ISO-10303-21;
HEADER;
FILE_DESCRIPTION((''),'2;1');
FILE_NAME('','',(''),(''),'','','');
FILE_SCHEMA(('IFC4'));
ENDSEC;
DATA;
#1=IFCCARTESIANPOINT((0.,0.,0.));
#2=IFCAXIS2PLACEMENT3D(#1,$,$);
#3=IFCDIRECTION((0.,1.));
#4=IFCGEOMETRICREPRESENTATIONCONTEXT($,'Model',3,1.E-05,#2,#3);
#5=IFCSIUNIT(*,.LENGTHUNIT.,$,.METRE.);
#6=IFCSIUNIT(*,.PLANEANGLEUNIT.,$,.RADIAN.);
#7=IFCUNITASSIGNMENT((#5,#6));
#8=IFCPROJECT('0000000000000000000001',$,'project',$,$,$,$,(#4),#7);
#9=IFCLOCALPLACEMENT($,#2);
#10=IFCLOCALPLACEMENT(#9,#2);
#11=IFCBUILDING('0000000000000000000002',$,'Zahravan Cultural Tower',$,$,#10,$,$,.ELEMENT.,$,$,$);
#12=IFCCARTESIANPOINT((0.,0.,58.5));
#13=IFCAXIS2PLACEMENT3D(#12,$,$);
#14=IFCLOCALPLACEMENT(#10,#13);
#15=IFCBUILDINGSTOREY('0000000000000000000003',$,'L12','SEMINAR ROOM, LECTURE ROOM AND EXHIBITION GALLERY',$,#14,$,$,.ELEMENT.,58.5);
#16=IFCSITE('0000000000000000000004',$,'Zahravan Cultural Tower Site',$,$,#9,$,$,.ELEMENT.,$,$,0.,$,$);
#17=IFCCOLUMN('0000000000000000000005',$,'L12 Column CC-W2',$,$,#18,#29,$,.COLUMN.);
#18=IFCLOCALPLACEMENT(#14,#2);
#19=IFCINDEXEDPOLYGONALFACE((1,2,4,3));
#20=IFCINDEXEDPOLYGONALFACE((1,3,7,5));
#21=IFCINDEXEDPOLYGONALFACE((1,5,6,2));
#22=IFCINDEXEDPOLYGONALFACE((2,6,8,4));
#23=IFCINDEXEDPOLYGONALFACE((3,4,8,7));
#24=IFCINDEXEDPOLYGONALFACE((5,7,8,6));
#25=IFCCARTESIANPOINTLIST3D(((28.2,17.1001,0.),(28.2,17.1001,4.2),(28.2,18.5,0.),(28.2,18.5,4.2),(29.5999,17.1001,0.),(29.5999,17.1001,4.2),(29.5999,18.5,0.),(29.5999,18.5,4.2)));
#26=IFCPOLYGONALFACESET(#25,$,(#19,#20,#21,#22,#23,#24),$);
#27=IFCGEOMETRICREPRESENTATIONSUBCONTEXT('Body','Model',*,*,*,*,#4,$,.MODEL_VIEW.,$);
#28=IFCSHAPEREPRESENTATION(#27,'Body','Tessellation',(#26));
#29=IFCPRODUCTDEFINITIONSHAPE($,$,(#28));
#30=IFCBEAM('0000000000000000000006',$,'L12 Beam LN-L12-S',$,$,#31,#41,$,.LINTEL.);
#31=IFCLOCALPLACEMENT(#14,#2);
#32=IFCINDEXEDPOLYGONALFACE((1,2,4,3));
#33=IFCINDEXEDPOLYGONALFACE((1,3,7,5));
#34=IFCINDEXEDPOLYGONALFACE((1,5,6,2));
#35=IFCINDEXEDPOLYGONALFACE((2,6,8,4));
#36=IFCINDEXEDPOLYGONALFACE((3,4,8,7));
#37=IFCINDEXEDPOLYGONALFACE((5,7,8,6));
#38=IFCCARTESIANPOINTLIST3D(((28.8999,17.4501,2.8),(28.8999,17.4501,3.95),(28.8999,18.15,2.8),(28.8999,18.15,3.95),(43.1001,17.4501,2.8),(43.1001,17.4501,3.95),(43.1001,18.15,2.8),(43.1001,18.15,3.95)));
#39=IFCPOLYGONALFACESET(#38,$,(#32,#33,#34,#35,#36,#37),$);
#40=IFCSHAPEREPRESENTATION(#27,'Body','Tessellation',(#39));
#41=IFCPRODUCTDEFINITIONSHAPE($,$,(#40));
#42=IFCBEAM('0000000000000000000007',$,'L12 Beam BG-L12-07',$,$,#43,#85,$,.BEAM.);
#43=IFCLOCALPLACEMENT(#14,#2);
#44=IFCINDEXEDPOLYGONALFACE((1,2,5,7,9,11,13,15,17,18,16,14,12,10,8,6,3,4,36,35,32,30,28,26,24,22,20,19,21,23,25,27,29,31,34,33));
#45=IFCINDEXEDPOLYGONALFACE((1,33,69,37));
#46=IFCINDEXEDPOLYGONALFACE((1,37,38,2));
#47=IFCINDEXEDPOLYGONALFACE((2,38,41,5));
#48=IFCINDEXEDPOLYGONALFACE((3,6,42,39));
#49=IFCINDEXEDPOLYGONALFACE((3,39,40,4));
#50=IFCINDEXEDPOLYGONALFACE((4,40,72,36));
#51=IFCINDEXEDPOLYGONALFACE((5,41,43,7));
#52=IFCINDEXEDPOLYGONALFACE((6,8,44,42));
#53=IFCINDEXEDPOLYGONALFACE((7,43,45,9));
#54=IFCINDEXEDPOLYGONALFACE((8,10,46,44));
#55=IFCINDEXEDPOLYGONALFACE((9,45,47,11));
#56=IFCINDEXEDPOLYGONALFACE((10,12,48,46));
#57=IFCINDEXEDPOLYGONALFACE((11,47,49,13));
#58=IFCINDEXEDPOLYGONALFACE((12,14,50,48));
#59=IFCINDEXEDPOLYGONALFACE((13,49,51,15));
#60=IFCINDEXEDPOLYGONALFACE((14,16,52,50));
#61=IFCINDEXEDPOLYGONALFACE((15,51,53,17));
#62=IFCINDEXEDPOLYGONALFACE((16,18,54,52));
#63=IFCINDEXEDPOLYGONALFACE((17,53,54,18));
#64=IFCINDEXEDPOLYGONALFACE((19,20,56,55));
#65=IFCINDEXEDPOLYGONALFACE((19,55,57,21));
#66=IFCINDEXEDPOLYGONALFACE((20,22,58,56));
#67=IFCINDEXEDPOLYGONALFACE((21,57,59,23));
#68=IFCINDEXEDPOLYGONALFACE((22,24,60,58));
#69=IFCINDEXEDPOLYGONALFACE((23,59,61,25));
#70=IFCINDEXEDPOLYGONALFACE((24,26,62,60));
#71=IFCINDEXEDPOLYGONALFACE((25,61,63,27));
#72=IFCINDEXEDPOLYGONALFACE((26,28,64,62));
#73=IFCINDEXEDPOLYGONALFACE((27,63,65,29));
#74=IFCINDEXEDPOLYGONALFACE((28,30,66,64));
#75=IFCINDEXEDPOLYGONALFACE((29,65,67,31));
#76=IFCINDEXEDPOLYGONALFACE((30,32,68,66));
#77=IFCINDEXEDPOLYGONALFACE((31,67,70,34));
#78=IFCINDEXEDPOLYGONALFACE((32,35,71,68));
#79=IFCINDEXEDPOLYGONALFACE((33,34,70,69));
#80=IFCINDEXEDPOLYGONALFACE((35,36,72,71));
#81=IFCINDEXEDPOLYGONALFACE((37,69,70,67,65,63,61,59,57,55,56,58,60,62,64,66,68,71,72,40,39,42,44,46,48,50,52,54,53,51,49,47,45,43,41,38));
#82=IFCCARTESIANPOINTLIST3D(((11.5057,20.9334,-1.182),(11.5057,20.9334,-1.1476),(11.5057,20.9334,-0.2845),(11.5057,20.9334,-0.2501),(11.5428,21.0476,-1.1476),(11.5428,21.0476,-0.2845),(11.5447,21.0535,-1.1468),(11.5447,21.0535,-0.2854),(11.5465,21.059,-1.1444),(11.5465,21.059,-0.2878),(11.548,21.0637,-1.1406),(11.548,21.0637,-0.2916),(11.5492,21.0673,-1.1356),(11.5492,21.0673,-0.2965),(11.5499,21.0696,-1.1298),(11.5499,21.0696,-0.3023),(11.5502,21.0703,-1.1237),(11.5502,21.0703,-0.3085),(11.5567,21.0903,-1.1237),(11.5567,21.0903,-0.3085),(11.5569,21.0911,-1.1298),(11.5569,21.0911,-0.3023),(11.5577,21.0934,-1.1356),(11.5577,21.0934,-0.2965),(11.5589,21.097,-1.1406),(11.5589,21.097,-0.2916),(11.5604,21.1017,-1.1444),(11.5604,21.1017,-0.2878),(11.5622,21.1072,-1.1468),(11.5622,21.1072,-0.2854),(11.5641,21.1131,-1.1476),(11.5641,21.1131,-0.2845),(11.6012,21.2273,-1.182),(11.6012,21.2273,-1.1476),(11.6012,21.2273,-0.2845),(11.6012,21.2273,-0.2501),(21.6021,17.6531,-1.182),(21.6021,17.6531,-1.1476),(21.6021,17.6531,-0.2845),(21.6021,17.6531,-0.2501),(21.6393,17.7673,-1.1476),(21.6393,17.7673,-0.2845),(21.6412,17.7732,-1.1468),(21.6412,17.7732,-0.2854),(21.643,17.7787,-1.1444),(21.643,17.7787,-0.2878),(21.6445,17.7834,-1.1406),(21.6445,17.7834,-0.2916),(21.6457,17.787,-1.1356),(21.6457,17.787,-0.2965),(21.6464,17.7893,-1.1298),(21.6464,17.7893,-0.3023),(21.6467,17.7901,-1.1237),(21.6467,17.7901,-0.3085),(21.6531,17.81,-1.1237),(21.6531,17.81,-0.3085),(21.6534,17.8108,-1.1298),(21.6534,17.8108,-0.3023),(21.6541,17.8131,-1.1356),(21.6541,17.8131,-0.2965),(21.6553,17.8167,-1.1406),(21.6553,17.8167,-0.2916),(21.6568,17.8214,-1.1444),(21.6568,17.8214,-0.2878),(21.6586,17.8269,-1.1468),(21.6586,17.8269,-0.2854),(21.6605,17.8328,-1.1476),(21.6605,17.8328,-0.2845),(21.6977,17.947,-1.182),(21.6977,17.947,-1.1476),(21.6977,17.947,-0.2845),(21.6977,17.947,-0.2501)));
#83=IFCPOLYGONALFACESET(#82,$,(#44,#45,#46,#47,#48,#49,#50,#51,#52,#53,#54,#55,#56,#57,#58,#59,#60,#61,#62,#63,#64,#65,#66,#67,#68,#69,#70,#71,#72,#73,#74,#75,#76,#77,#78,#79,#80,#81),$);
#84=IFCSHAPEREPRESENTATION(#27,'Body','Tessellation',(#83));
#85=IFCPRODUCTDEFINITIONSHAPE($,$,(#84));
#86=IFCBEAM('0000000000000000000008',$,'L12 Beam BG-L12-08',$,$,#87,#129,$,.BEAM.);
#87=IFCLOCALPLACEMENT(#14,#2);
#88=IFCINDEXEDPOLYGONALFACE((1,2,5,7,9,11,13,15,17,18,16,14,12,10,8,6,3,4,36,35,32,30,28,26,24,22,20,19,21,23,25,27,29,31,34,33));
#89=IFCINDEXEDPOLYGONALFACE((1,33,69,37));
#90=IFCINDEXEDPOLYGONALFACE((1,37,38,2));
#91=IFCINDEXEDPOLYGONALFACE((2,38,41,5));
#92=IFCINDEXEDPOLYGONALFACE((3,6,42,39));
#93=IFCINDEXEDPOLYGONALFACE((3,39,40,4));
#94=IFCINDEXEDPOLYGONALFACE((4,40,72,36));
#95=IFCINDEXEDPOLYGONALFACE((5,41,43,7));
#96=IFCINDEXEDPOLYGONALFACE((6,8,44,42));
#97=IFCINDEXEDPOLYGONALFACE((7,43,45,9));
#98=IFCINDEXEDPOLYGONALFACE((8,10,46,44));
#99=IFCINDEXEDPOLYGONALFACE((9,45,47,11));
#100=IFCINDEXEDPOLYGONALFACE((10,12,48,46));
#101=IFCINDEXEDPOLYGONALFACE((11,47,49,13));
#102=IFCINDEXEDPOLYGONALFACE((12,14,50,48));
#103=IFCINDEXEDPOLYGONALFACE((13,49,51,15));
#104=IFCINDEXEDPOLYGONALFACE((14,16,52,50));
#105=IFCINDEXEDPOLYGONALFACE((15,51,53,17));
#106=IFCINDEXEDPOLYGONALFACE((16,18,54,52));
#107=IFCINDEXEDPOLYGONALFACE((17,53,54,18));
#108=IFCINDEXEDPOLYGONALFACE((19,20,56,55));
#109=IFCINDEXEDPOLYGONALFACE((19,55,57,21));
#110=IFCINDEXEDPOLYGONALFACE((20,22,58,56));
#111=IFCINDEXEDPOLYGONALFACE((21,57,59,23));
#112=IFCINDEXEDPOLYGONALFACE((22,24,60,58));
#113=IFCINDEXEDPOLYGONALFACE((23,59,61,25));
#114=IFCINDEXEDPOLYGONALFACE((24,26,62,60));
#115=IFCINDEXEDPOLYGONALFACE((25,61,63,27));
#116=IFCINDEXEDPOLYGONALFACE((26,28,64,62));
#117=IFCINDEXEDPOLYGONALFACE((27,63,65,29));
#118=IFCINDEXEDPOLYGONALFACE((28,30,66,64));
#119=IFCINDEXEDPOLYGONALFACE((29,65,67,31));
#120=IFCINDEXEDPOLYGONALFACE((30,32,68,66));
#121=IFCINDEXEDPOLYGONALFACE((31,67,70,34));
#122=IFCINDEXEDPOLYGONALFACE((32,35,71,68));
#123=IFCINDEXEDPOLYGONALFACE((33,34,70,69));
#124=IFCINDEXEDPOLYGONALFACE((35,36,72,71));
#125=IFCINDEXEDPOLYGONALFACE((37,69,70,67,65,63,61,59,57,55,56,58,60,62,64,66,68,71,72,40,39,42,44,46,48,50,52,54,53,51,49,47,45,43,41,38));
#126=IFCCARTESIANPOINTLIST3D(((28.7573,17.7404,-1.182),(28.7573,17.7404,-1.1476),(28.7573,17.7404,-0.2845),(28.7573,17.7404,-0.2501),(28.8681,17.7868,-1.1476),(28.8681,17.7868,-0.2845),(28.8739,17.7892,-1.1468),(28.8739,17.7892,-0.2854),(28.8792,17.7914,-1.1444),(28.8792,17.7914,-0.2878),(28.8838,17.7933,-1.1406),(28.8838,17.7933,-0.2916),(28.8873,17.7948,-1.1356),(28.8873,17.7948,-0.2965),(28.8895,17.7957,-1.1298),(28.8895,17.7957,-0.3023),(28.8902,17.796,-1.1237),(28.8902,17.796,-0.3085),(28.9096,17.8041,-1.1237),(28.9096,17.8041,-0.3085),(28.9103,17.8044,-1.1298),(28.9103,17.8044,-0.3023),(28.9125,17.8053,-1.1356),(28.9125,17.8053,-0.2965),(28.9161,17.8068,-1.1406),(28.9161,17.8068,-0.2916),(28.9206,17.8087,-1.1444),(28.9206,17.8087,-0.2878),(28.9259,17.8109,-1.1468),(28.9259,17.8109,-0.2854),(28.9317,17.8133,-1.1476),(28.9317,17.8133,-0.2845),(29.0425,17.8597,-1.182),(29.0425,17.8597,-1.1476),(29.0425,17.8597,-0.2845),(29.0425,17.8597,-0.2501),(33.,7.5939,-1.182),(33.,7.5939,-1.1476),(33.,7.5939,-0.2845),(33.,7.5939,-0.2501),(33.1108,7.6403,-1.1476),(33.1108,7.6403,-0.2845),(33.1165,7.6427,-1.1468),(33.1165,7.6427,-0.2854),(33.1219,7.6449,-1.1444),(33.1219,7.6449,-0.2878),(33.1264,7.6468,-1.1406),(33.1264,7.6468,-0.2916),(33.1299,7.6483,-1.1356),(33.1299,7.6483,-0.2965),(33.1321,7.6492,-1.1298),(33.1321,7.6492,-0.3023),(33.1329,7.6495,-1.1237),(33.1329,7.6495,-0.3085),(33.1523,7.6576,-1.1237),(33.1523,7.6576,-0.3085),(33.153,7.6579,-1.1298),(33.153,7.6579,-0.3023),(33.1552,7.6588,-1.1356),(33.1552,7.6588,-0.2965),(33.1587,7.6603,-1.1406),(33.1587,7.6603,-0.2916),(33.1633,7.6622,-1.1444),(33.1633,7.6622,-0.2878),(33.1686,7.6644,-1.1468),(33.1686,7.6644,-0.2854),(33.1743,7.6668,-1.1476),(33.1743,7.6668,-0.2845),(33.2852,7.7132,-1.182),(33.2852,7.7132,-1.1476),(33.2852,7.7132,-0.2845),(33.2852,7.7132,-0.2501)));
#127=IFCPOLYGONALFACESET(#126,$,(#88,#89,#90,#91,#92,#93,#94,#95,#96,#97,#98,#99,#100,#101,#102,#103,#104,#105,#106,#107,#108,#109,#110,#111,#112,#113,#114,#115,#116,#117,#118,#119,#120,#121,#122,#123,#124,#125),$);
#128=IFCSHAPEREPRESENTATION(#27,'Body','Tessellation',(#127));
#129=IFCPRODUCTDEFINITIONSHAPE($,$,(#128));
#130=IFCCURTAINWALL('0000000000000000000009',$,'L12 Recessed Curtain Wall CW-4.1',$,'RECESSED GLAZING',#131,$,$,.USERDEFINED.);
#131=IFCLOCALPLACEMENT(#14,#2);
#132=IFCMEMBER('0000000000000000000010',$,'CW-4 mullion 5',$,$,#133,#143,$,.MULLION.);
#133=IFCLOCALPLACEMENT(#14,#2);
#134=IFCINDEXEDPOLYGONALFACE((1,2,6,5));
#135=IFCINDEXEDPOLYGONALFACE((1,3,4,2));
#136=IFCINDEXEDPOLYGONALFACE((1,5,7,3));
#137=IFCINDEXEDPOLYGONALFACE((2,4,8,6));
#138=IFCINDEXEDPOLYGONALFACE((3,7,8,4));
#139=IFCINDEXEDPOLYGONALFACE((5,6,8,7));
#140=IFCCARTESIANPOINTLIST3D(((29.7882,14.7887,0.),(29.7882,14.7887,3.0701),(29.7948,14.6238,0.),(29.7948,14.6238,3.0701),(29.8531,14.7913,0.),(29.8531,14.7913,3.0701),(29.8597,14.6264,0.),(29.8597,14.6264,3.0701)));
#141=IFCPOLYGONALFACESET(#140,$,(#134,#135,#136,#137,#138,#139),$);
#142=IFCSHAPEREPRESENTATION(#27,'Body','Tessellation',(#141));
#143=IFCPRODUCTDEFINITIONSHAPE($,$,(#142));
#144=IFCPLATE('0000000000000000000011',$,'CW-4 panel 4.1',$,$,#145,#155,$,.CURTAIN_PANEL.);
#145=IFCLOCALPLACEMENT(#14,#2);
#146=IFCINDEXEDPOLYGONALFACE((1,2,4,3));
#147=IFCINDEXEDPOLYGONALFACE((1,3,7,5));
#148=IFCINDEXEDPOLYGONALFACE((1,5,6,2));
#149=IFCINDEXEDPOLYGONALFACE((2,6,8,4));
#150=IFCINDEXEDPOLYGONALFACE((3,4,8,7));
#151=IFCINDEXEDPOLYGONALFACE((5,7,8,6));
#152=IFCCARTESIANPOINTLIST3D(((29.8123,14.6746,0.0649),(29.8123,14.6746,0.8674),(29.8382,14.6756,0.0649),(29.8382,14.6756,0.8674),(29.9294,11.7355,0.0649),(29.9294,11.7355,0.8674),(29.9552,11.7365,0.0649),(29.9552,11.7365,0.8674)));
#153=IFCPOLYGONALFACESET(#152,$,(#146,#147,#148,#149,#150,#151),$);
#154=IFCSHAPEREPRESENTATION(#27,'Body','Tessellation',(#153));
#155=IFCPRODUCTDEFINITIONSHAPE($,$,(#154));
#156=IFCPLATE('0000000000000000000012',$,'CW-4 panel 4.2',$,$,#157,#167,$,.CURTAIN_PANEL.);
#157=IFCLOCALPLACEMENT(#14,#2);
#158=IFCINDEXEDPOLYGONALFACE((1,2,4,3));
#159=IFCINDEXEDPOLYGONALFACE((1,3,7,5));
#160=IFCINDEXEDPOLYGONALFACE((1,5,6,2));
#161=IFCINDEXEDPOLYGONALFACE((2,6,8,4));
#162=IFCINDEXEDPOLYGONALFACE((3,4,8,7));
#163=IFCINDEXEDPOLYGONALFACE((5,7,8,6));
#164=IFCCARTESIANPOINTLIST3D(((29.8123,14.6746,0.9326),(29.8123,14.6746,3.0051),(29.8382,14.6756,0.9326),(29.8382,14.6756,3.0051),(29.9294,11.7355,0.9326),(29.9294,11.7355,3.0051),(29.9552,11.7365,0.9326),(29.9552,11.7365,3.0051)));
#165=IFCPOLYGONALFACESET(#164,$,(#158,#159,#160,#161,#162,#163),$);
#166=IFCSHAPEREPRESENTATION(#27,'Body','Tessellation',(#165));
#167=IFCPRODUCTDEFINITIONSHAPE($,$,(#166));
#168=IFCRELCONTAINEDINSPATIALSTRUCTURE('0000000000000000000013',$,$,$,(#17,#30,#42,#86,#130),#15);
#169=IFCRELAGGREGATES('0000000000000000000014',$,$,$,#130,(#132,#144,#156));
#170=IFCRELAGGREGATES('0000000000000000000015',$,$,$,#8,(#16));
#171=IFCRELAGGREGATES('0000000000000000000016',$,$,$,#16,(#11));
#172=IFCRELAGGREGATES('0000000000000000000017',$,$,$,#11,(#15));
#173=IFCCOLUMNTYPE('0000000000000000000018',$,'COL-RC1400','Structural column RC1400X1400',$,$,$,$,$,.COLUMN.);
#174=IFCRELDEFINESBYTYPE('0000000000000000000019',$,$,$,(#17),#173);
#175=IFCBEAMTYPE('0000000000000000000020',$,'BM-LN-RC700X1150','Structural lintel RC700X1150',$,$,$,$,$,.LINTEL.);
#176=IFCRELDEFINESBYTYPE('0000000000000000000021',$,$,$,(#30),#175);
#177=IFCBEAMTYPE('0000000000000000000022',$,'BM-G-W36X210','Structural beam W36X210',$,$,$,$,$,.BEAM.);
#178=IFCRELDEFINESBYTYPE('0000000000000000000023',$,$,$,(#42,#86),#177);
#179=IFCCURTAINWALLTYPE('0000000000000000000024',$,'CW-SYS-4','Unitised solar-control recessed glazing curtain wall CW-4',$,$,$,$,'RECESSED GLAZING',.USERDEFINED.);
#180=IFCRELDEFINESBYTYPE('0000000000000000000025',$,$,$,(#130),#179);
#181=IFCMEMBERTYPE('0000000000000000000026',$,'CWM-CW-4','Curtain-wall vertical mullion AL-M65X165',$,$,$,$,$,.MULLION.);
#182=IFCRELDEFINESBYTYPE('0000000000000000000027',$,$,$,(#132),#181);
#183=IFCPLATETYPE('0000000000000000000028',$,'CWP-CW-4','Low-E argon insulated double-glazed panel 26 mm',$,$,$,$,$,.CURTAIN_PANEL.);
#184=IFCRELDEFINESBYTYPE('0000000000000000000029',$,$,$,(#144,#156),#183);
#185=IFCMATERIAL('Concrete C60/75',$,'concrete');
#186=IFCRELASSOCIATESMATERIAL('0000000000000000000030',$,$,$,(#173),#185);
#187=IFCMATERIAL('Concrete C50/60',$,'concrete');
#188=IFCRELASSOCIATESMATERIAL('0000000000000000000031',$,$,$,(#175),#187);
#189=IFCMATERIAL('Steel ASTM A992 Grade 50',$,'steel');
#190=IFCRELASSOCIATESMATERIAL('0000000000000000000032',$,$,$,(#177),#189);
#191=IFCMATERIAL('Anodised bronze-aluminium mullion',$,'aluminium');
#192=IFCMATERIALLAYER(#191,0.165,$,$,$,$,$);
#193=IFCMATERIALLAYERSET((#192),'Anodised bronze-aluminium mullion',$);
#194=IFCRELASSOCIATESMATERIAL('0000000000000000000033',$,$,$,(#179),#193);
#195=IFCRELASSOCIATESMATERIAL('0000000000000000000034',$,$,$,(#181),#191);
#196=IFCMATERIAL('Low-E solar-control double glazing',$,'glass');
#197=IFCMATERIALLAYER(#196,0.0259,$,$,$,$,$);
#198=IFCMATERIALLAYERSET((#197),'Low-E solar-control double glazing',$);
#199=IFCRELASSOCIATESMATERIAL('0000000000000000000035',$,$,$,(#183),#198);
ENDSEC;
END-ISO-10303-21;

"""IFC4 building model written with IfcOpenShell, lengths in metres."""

from ifc_helpers import new_model, si_unit, direction, frame, origin, origin_2d, place, context, subcontext, project, spatial, rectangle, i_section, extrude, source, transform, mapped, material, layer, layer_set, material_profile, profile_set, type_object, element, aggregate, save


model = new_model("IFC4")

# Units and contexts
model_context = context("Model", 3, precision=1e-05, world=origin(), true_north=direction((0.0, 1.0)))
body_context = subcontext(model_context, "Body", "Model", "MODEL_VIEW")
ifc_project = project(units=[si_unit("LENGTHUNIT", "METRE"), si_unit("PLANEANGLEUNIT", "RADIAN")], contexts=[model_context])

# Site, building, storey
site_placement = place(None, origin())
site = spatial("IfcSite", under=ifc_project, at=site_placement, Name="Zahravan Cultural Tower Site", CompositionType="ELEMENT", RefElevation=0.0)
building_placement = place(site_placement, origin())
building = spatial("IfcBuilding", under=site, at=building_placement, Name="Zahravan Cultural Tower", CompositionType="ELEMENT")
storey_placement = place(building_placement, frame((0.0, 0.0, 58.5)))
storey = spatial("IfcBuildingStorey", under=building, at=storey_placement, Name="L12", Description="SEMINAR ROOM, LECTURE ROOM AND EXHIBITION GALLERY", CompositionType="ELEMENT", Elevation=58.5)

# Column
ifc_material_1 = material(Name="Concrete C60/75", Category="concrete")
ifc_material_profile_1 = material_profile(ifc_material_1, rectangle(XDim=1.3999, YDim=1.3999, at=origin_2d()), Name="RC1400X1400")
ifc_profile_set_1 = profile_set([ifc_material_profile_1], Name="Concrete C60/75")
column_type = type_object("IfcColumnType", Name="COL-RC1400", Description="Structural column RC1400X1400", PredefinedType="COLUMN", material=ifc_profile_set_1)
shared_shape_1 = source(origin(), body_context, "Body", "SweptSolid", [
    extrude(rectangle(XDim=1.3999, YDim=1.3999, at=origin_2d()), origin(), (0.0, 0.0, 1.0), 4.2),
])
column_placement = place(storey_placement, frame((28.8999, 17.8, 0.0), z_axis=(0.0, 0.0, 1.0), x_axis=(1.0, 0.0, 0.0)))
element("IfcColumn", 1, at=column_placement, inside=storey, type_object=column_type, Name="L12 Column CC-W2", PredefinedType="COLUMN", context=body_context, shape_type="MappedRepresentation", body=[
    mapped(shared_shape_1, transform((0.0, 0.0, 0.0), x_axis=(1.0, 0.0, 0.0), y_axis=(0.0, 1.0, 0.0), z_axis=(0.0, 0.0, 1.0), scale=1.0)),
])

# Beams
ifc_material_2 = material(Name="Concrete C50/60", Category="concrete")
ifc_material_profile_2 = material_profile(ifc_material_2, rectangle(XDim=0.7, YDim=1.1499, at=origin_2d()), Name="RC700X1150")
ifc_profile_set_2 = profile_set([ifc_material_profile_2], Name="Concrete C50/60")
beam_type_1 = type_object("IfcBeamType", Name="BM-LN-RC700X1150", Description="Structural lintel RC700X1150", PredefinedType="LINTEL", material=ifc_profile_set_2)
shared_shape_2 = source(origin(), body_context, "Body", "SweptSolid", [
    extrude(rectangle(XDim=0.7, YDim=1.1499, at=origin_2d()), origin(), (0.0, 0.0, 1.0), 14.2002),
])
beam_1_placement = place(storey_placement, frame((28.8999, 17.8, 3.375), z_axis=(1.0, 0.0, 0.0), x_axis=(0.0, 1.0, 0.0)))
element("IfcBeam", 2, at=beam_1_placement, inside=storey, type_object=beam_type_1, Name="L12 Beam LN-L12-S", PredefinedType="LINTEL", context=body_context, shape_type="MappedRepresentation", body=[
    mapped(shared_shape_2, transform((0.0, 0.0, 0.0), x_axis=(1.0, 0.0, 0.0), y_axis=(0.0, 1.0, 0.0), z_axis=(0.0, 0.0, 1.0), scale=1.0)),
])
ifc_material_3 = material(Name="Steel ASTM A992 Grade 50", Category="steel")
ifc_material_profile_3 = material_profile(ifc_material_3, i_section(OverallWidth=0.3091, OverallDepth=0.9319, WebThickness=0.021, FlangeThickness=0.0344, FilletRadius=0.0239, at=origin_2d()), Name="W36X210")
ifc_profile_set_3 = profile_set([ifc_material_profile_3], Name="Steel ASTM A992 Grade 50")
beam_type_2 = type_object("IfcBeamType", Name="BM-G-W36X210", Description="Structural beam W36X210", PredefinedType="BEAM", material=ifc_profile_set_3)
shared_shape_3 = source(origin(), body_context, "Body", "SweptSolid", [
    extrude(i_section(OverallWidth=0.3091, OverallDepth=0.9319, WebThickness=0.021, FlangeThickness=0.0344, FilletRadius=0.0239, at=origin_2d()), origin(), (0.0, 0.0, 1.0), 10.616),
])
beam_2_placement = place(storey_placement, frame((21.6499, 17.8, -0.7161), z_axis=(-0.951064, 0.308995, 0.0), x_axis=(-0.308995, -0.951064, 0.0)))
element("IfcBeam", 3, at=beam_2_placement, inside=storey, type_object=beam_type_2, Name="L12 Beam BG-L12-07", PredefinedType="BEAM", context=body_context, shape_type="MappedRepresentation", body=[
    mapped(shared_shape_3, transform((0.0, 0.0, 0.0), x_axis=(1.0, 0.0, 0.0), y_axis=(0.0, 1.0, 0.0), z_axis=(0.0, 0.0, 1.0), scale=1.0)),
])
shared_shape_4 = source(origin(), body_context, "Body", "SweptSolid", [
    extrude(i_section(OverallWidth=0.3091, OverallDepth=0.9319, WebThickness=0.021, FlangeThickness=0.0344, FilletRadius=0.0239, at=origin_2d()), origin(), (0.0, 0.0, 1.0), 10.9978),
])
beam_3_placement = place(storey_placement, frame((28.8999, 17.8, -0.7161), z_axis=(0.385775, -0.922593, 0.0), x_axis=(0.922593, 0.385775, 0.0)))
element("IfcBeam", 4, at=beam_3_placement, inside=storey, type_object=beam_type_2, Name="L12 Beam BG-L12-08", PredefinedType="BEAM", context=body_context, shape_type="MappedRepresentation", body=[
    mapped(shared_shape_4, transform((0.0, 0.0, 0.0), x_axis=(1.0, 0.0, 0.0), y_axis=(0.0, 1.0, 0.0), z_axis=(0.0, 0.0, 1.0), scale=1.0)),
])

# Curtain wall, member, plates
ifc_material_4 = material(Name="Anodised bronze-aluminium mullion", Category="aluminium")
ifc_layer_1 = layer(ifc_material_4, 0.165)
ifc_layer_set_1 = layer_set([ifc_layer_1], Name="Anodised bronze-aluminium mullion")
curtain_wall_type = type_object("IfcCurtainWallType", Name="CW-SYS-4", Description="Unitised solar-control recessed glazing curtain wall CW-4", ElementType="RECESSED GLAZING", PredefinedType="USERDEFINED", material=ifc_layer_set_1)
curtain_wall_placement = place(storey_placement, origin())
curtain_wall = element("IfcCurtainWall", 5, at=curtain_wall_placement, inside=storey, type_object=curtain_wall_type, Name="L12 Recessed Curtain Wall CW-4.1", ObjectType="RECESSED GLAZING", PredefinedType="USERDEFINED")
ifc_material_profile_4 = material_profile(ifc_material_4, rectangle(XDim=0.0649, YDim=0.165, at=origin_2d()), Name="AL-M65X165")
ifc_profile_set_4 = profile_set([ifc_material_profile_4], Name="Anodised bronze-aluminium mullion")
member_type = type_object("IfcMemberType", Name="CWM-CW-4", Description="Curtain-wall vertical mullion AL-M65X165", PredefinedType="MULLION", material=ifc_profile_set_4)
shared_shape_5 = source(origin(), body_context, "Body", "SweptSolid", [
    extrude(rectangle(XDim=0.0649, YDim=0.165, at=origin_2d()), origin(), (0.0, 0.0, 1.0), 3.0701),
])
member_placement = place(storey_placement, frame((29.824, 14.7075, 0.0), z_axis=(0.0, 0.0, 1.0), x_axis=(-0.999208, -0.039785, 0.0)))
member = element("IfcMember", 6, at=member_placement, type_object=member_type, Name="CW-4 mullion 5", PredefinedType="MULLION", context=body_context, shape_type="MappedRepresentation", body=[
    mapped(shared_shape_5, transform((0.0, 0.0, 0.0), x_axis=(1.0, 0.0, 0.0), y_axis=(0.0, 1.0, 0.0), z_axis=(0.0, 0.0, 1.0), scale=1.0)),
])
ifc_material_5 = material(Name="Low-E solar-control double glazing", Category="glass")
ifc_layer_2 = layer(ifc_material_5, 0.0259)
ifc_layer_set_2 = layer_set([ifc_layer_2], Name="Low-E solar-control double glazing")
plate_type = type_object("IfcPlateType", Name="CWP-CW-4", Description="Low-E argon insulated double-glazed panel 26 mm", PredefinedType="CURTAIN_PANEL", material=ifc_layer_set_2)
shared_shape_6 = source(origin(), body_context, "Body", "SweptSolid", [
    extrude(rectangle(XDim=2.9414, YDim=0.0259, at=origin_2d()), origin(), (0.0, 0.0, 1.0), 0.8025),
])
plate_1_placement = place(storey_placement, frame((29.8838, 13.2056, 0.0649), z_axis=(0.0, 0.0, 1.0), x_axis=(-0.039785, 0.999208, 0.0)))
plate_1 = element("IfcPlate", 7, at=plate_1_placement, type_object=plate_type, Name="CW-4 panel 4.1", PredefinedType="CURTAIN_PANEL", context=body_context, shape_type="MappedRepresentation", body=[
    mapped(shared_shape_6, transform((0.0, 0.0, 0.0), x_axis=(1.0, 0.0, 0.0), y_axis=(0.0, 1.0, 0.0), z_axis=(0.0, 0.0, 1.0), scale=1.0)),
])
shared_shape_7 = source(origin(), body_context, "Body", "SweptSolid", [
    extrude(rectangle(XDim=2.9414, YDim=0.0259, at=origin_2d()), origin(), (0.0, 0.0, 1.0), 2.0725),
])
plate_2_placement = place(storey_placement, frame((29.8838, 13.2056, 0.9326), z_axis=(0.0, 0.0, 1.0), x_axis=(-0.039785, 0.999208, 0.0)))
plate_2 = element("IfcPlate", 8, at=plate_2_placement, type_object=plate_type, Name="CW-4 panel 4.2", PredefinedType="CURTAIN_PANEL", context=body_context, shape_type="MappedRepresentation", body=[
    mapped(shared_shape_7, transform((0.0, 0.0, 0.0), x_axis=(1.0, 0.0, 0.0), y_axis=(0.0, 1.0, 0.0), z_axis=(0.0, 0.0, 1.0), scale=1.0)),
])
aggregate(curtain_wall, [member, plate_1, plate_2])

save(model, "model.ifc")
